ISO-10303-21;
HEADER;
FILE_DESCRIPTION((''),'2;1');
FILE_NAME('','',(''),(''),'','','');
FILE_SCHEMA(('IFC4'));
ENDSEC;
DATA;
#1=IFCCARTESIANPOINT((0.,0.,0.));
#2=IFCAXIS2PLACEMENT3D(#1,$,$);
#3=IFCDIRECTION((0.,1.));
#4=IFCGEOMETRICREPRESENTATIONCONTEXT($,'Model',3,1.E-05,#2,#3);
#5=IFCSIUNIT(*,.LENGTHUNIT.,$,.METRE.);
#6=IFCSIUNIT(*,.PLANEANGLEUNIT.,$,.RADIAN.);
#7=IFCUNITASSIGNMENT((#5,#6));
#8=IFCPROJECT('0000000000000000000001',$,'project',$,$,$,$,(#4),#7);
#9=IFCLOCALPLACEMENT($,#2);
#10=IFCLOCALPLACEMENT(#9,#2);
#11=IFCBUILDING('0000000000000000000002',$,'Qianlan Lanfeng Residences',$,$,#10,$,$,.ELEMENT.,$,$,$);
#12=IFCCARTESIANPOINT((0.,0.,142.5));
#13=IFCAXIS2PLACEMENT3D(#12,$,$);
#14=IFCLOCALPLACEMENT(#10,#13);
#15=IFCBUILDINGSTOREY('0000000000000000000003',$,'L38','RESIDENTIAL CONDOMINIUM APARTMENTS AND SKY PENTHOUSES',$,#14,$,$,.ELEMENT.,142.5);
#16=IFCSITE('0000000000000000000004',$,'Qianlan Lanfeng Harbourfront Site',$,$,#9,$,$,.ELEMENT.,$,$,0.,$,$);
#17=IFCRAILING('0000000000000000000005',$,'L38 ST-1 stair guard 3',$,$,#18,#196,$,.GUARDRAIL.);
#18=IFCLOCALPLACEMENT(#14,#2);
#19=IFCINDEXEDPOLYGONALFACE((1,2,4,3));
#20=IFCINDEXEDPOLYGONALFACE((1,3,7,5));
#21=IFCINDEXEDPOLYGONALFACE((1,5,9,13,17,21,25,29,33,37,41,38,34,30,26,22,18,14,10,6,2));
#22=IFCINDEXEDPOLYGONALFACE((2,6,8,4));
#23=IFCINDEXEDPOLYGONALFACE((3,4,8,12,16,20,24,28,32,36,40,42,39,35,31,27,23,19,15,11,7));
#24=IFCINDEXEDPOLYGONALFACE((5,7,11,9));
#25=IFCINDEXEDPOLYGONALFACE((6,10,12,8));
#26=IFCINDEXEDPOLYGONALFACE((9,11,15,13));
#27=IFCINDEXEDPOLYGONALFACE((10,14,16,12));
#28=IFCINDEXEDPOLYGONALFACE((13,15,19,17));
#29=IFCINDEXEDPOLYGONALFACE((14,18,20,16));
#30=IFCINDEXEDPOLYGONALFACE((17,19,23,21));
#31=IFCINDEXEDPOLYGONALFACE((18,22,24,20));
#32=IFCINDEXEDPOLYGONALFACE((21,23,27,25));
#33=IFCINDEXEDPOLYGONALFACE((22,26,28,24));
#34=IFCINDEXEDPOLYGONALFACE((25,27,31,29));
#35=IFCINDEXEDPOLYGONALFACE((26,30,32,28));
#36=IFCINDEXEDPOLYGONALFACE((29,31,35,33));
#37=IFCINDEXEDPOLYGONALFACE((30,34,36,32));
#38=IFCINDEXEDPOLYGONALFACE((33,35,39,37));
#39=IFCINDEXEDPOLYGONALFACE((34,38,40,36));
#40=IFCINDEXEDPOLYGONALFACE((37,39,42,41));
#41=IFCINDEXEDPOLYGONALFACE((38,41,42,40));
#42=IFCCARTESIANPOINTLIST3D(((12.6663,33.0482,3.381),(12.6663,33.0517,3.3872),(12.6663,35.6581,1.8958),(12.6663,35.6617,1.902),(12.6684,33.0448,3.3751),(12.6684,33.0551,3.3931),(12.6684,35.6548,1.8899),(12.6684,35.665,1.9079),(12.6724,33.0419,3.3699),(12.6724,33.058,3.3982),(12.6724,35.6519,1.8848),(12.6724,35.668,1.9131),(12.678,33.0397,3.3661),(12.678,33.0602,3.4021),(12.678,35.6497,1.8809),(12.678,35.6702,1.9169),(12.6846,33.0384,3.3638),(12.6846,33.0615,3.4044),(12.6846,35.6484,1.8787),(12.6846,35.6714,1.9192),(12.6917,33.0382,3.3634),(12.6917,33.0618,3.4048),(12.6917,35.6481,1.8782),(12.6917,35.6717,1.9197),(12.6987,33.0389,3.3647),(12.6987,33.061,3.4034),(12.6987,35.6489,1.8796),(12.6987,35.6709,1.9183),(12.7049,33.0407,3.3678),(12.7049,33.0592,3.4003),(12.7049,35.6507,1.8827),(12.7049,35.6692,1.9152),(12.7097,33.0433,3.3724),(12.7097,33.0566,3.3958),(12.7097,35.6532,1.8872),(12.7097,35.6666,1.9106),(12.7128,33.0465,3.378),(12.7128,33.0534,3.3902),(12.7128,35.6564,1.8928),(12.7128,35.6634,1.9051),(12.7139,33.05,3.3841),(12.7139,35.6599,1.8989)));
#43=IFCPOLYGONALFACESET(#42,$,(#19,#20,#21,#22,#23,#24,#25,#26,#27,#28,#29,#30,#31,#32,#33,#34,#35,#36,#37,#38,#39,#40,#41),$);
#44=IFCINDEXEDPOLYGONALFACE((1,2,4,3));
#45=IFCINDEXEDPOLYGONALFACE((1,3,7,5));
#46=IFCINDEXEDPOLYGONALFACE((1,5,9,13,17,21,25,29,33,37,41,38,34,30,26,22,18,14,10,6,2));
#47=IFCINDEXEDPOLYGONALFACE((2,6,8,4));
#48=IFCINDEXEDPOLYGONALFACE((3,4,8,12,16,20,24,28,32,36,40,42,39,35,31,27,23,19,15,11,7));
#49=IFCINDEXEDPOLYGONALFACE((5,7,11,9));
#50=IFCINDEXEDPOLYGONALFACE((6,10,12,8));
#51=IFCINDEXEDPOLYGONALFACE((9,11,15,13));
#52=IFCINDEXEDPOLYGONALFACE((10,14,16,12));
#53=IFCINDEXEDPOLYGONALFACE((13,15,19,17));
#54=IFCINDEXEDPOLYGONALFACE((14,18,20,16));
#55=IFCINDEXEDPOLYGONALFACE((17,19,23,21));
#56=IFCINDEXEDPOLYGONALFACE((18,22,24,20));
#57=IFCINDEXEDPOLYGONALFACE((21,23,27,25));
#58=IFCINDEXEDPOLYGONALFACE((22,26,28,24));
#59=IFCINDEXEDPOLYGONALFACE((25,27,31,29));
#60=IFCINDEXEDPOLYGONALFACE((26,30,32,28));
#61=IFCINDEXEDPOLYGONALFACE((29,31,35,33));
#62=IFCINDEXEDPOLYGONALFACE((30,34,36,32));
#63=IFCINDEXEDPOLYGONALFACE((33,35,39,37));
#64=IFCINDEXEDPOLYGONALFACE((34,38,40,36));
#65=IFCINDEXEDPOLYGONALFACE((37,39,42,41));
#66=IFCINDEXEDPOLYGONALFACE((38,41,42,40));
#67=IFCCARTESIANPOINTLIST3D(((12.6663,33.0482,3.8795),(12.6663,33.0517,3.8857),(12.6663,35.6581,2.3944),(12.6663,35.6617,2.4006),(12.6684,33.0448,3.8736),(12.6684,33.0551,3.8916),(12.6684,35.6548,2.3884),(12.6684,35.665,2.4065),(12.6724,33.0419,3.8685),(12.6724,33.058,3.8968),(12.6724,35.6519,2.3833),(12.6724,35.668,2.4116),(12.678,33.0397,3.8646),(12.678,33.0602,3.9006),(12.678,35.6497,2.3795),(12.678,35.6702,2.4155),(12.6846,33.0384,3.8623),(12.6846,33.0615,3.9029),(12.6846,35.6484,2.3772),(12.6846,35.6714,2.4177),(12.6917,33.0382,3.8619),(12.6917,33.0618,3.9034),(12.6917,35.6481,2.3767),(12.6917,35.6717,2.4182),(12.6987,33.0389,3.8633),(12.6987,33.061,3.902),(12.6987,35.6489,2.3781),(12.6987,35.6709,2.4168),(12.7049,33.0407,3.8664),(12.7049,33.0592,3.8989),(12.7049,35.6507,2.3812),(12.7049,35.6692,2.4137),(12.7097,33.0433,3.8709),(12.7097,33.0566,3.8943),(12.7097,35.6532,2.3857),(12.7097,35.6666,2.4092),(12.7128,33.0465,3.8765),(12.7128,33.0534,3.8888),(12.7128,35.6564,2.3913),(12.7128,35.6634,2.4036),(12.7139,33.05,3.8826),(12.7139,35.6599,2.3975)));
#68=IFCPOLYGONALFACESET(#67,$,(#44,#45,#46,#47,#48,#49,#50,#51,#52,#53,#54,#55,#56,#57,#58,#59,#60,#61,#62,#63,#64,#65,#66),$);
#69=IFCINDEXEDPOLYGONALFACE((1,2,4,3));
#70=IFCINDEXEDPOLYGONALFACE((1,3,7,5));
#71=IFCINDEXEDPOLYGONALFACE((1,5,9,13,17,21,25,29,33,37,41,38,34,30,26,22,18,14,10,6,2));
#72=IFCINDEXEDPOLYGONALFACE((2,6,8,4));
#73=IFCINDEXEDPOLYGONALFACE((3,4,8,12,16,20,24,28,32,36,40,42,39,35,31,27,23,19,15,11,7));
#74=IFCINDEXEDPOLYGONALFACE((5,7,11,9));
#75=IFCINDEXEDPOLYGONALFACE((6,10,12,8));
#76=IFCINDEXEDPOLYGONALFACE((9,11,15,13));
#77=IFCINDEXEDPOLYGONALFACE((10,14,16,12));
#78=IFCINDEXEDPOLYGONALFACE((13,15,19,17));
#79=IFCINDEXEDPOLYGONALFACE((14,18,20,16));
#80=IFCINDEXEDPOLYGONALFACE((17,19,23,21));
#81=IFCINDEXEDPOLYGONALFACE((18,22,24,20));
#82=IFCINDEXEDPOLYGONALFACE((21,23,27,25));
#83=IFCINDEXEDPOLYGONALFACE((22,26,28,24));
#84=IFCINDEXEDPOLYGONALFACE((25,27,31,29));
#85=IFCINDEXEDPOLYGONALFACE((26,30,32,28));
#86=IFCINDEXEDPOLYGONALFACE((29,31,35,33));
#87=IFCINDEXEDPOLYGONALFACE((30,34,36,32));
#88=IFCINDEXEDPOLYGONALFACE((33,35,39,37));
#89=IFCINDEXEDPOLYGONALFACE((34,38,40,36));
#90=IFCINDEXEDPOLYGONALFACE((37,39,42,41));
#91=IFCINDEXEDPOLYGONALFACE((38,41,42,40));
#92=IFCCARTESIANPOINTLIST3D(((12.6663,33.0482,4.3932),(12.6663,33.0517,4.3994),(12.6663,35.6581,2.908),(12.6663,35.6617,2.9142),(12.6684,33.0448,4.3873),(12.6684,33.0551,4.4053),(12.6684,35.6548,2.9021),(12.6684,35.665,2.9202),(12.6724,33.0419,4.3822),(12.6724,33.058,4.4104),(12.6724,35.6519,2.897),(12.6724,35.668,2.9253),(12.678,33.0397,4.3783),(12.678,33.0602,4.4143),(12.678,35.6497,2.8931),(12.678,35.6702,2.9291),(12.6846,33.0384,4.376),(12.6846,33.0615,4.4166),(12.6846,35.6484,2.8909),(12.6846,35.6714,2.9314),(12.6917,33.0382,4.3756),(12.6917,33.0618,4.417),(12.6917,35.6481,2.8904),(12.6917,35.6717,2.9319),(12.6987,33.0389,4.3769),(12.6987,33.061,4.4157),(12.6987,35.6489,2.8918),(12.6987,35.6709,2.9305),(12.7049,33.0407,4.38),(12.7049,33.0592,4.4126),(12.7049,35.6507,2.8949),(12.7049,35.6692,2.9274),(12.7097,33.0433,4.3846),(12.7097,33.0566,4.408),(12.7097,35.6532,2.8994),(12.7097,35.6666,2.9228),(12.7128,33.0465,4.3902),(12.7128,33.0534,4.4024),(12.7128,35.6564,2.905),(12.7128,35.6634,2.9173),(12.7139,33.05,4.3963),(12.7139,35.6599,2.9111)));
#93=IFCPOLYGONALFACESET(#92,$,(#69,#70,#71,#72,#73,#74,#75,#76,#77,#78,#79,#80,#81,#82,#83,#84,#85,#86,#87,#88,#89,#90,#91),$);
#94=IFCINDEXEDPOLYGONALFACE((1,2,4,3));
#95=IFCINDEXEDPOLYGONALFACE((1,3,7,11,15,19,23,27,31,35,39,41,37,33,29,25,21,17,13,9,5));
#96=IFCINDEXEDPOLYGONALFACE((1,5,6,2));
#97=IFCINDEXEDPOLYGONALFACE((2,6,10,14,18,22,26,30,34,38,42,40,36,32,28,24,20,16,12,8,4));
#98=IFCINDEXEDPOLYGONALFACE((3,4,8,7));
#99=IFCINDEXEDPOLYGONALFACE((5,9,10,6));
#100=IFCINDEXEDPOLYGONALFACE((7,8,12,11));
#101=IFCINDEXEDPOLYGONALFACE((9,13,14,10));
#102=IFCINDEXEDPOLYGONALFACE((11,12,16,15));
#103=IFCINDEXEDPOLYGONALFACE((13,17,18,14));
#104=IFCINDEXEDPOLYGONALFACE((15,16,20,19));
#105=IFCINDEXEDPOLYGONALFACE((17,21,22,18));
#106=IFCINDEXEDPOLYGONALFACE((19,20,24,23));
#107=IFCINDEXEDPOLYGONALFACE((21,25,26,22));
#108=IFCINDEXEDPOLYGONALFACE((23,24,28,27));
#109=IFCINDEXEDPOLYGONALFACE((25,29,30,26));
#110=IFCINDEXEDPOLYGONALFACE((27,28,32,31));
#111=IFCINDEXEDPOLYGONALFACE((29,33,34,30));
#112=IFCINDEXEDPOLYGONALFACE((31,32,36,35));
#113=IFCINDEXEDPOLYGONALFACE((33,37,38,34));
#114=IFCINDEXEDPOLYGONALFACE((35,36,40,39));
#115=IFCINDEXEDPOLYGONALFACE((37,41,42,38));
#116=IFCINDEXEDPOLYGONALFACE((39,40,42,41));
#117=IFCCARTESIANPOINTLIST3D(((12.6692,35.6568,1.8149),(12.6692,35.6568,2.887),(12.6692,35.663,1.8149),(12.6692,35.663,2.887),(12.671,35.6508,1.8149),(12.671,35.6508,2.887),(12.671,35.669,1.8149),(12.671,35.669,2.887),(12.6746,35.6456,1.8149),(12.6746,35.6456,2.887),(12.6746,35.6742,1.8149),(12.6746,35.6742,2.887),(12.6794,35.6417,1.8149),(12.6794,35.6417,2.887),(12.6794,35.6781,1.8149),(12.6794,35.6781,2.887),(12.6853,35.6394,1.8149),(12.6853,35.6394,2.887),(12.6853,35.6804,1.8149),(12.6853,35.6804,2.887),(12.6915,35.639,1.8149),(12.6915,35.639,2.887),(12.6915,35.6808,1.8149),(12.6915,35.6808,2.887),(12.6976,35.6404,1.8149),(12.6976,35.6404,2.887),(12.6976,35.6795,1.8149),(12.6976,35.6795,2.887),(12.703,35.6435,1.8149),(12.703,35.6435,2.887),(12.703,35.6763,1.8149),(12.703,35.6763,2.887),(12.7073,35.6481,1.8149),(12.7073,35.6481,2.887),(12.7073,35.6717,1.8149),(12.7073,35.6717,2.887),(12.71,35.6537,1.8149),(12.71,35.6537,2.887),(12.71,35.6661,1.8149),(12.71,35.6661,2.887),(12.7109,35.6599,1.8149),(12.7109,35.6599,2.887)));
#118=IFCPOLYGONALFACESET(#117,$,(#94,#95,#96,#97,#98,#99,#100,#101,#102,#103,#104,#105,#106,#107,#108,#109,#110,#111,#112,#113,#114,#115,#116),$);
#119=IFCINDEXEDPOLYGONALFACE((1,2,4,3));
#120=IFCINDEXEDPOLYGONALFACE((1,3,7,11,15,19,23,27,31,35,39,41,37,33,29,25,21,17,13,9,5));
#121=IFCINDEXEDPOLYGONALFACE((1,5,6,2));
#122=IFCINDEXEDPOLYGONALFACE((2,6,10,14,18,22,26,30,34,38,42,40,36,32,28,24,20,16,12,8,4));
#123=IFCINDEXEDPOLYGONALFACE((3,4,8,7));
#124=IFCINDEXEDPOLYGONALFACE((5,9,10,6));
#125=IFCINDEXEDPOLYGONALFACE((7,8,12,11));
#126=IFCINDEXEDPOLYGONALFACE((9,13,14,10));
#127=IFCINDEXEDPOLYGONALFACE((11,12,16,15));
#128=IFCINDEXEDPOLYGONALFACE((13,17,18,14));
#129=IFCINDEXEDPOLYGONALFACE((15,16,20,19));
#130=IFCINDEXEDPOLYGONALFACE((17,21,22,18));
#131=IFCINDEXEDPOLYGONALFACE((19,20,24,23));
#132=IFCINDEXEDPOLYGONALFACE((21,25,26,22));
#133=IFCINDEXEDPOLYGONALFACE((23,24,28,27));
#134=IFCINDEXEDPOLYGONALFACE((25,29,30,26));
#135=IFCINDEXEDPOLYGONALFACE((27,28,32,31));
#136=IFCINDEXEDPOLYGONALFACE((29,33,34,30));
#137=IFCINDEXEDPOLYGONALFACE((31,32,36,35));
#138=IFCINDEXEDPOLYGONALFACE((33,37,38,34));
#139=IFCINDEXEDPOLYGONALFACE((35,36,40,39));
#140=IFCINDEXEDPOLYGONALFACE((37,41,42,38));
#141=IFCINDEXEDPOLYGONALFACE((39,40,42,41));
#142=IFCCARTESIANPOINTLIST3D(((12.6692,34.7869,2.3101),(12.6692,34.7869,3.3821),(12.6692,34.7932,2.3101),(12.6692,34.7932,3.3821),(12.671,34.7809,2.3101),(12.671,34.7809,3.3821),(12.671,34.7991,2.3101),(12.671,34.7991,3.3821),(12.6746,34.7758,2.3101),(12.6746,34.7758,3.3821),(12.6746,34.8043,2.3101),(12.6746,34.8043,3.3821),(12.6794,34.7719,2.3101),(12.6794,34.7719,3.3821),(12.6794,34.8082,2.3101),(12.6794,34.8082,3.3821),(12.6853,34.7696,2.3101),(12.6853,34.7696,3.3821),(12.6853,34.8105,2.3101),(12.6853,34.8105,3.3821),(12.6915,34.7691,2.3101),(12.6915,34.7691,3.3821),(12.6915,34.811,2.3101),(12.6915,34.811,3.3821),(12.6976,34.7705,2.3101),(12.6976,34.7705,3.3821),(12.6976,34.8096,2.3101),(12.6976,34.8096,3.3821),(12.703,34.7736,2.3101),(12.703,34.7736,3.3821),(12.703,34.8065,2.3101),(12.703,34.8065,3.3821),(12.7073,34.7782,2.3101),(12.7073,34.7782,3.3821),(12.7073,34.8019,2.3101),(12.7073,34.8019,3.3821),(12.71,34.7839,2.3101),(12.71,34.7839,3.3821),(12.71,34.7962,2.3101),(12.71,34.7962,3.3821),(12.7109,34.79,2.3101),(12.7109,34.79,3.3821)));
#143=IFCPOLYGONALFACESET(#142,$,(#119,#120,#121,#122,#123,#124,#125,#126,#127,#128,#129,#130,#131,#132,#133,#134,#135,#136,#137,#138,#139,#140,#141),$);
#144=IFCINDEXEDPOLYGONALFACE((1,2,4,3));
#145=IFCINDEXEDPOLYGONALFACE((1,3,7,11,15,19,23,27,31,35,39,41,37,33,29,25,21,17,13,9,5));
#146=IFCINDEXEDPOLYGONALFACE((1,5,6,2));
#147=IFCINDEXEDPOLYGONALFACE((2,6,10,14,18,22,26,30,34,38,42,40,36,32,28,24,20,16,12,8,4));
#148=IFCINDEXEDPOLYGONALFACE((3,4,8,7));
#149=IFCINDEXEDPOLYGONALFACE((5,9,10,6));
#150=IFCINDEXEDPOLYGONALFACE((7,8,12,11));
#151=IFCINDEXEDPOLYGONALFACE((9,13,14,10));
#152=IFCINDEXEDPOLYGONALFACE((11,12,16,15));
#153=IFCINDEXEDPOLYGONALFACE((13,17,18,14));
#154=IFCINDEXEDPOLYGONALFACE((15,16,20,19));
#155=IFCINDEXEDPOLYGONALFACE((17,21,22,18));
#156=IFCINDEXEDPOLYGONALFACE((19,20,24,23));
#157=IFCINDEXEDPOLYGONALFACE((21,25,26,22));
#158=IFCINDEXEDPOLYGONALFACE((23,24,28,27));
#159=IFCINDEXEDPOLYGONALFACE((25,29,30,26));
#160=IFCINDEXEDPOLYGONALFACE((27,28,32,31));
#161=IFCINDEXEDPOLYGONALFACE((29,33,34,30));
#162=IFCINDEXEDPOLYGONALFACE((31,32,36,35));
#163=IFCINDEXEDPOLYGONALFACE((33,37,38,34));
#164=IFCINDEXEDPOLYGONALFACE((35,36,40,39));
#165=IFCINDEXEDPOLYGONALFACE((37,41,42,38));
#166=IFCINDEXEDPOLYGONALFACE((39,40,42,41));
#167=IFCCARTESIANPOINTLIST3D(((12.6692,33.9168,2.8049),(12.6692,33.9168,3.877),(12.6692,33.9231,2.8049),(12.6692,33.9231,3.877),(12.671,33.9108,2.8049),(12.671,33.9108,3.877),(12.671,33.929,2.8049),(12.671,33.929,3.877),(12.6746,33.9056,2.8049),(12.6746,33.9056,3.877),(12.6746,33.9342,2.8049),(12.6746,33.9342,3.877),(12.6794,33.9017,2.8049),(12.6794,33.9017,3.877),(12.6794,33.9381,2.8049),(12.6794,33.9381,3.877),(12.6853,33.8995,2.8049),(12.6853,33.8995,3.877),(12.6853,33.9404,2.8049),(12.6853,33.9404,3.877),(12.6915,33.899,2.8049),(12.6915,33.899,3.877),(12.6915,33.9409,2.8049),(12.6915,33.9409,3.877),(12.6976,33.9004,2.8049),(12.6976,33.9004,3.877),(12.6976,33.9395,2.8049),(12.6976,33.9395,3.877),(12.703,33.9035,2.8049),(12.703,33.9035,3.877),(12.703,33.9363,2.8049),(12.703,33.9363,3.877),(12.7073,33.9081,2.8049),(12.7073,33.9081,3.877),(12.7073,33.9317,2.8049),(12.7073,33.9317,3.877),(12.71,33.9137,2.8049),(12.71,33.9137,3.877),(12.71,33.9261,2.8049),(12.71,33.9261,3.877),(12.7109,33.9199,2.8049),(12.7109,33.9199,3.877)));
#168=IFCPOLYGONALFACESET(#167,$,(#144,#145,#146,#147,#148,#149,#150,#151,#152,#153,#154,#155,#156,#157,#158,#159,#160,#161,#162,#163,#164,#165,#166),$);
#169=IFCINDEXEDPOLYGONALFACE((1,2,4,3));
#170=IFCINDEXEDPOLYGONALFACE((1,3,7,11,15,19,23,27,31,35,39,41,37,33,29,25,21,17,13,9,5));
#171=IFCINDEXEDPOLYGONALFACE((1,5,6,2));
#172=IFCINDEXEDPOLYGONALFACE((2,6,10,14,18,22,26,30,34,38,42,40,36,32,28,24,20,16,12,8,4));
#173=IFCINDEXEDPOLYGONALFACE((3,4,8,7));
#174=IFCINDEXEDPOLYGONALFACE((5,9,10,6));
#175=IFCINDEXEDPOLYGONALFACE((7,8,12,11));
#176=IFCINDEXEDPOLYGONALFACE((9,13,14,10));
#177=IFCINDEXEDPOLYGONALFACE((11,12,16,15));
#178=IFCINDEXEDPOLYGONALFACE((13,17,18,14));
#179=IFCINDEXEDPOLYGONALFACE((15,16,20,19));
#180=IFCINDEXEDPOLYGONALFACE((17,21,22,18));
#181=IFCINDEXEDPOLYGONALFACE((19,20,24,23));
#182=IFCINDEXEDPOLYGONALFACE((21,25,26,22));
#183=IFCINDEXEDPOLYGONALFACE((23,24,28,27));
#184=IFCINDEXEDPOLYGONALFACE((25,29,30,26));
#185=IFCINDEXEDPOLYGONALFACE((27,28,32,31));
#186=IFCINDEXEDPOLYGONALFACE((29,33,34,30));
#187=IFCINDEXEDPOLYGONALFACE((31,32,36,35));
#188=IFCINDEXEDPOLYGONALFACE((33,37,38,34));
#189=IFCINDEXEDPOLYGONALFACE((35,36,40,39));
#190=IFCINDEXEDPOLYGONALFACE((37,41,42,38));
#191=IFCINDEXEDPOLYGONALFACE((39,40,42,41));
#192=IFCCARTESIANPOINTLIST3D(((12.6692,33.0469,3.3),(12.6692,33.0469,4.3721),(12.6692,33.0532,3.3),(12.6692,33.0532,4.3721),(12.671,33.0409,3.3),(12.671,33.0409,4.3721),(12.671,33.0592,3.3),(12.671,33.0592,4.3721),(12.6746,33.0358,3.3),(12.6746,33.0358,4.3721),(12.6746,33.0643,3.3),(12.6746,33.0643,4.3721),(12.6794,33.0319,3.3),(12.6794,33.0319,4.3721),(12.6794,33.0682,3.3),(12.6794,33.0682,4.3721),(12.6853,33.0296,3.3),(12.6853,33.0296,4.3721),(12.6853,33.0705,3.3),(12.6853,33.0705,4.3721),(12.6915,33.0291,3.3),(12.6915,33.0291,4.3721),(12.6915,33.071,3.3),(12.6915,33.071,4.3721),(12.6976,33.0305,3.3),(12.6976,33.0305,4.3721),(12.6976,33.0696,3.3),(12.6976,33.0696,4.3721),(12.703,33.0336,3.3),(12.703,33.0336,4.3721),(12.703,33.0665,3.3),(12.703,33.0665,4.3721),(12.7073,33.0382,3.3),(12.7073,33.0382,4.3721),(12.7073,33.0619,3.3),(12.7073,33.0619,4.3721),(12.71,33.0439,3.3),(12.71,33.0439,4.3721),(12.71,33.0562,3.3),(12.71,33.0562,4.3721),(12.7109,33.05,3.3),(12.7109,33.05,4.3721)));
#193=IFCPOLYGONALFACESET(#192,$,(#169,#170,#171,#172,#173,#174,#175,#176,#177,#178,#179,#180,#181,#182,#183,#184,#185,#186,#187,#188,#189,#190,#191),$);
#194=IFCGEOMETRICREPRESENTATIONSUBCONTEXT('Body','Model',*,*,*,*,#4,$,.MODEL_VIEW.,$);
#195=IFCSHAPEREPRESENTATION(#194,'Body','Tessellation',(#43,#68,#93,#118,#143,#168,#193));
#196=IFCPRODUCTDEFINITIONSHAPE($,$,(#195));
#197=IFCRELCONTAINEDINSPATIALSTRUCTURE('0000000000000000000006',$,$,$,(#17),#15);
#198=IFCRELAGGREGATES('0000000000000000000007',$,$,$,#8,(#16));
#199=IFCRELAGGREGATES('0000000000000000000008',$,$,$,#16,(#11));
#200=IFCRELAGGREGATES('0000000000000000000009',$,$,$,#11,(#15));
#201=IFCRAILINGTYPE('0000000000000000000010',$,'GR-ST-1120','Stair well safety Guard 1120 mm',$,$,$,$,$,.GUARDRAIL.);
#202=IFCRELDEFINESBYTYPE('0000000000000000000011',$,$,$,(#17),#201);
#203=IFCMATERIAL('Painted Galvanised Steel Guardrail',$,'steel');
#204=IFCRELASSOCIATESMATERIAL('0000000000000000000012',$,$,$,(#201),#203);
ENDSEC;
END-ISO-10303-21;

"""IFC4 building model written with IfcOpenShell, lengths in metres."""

from ifc_helpers import new_model, si_unit, direction, frame, origin, origin_2d, place, context, subcontext, project, spatial, circle, extrude, material, type_object, element, save


model = new_model("IFC4")

# Units and contexts
model_context = context("Model", 3, precision=1e-05, world=origin(), true_north=direction((0.0, 1.0)))
body_context = subcontext(model_context, "Body", "Model", "MODEL_VIEW")
ifc_project = project(units=[si_unit("LENGTHUNIT", "METRE"), si_unit("PLANEANGLEUNIT", "RADIAN")], contexts=[model_context])

# Site, building, storey
site_placement = place(None, origin())
site = spatial("IfcSite", under=ifc_project, at=site_placement, Name="Qianlan Lanfeng Harbourfront Site", CompositionType="ELEMENT", RefElevation=0.0)
building_placement = place(site_placement, origin())
building = spatial("IfcBuilding", under=site, at=building_placement, Name="Qianlan Lanfeng Residences", CompositionType="ELEMENT")
storey_placement = place(building_placement, frame((0.0, 0.0, 142.5)))
storey = spatial("IfcBuildingStorey", under=building, at=storey_placement, Name="L38", Description="RESIDENTIAL CONDOMINIUM APARTMENTS AND SKY PENTHOUSES", CompositionType="ELEMENT", Elevation=142.5)

# Railing
ifc_material_1 = material(Name="Painted Galvanised Steel Guardrail", Category="steel")
railing_type_1 = type_object("IfcRailingType", Name="GR-ST-1120", Description="Stair well safety Guard 1120 mm", PredefinedType="GUARDRAIL", material=ifc_material_1)
railing_1_placement = place(storey_placement, frame((12.6899, 35.6599, 1.8149)))
element("IfcRailing", 1, at=railing_1_placement, inside=storey, type_object=railing_type_1, Name="L38 ST-1 stair guard 3", PredefinedType="GUARDRAIL", context=body_context, shape_type="SweptSolid", body=[
    extrude(circle(Radius=0.0239, at=origin_2d()), frame((0.0, 0.0, 0.084), z_axis=(0.0, -0.869137, 0.494571), x_axis=(1.0, 0.0, 0.0)), (0.0, 0.0, 1.0), 3.0029),
    extrude(circle(Radius=0.0239, at=origin_2d()), frame((0.0, 0.0, 0.5825), z_axis=(0.0, -0.869137, 0.494571), x_axis=(1.0, 0.0, 0.0)), (0.0, 0.0, 1.0), 3.0029),
    extrude(circle(Radius=0.0239, at=origin_2d()), frame((0.0, 0.0, 1.0962), z_axis=(0.0, -0.869137, 0.494571), x_axis=(1.0, 0.0, 0.0)), (0.0, 0.0, 1.0), 3.0029),
    extrude(circle(Radius=0.021, at=origin_2d()), origin(), (0.0, 0.0, 1.0), 1.072),
    extrude(circle(Radius=0.021, at=origin_2d()), frame((0.0, -0.8699, 0.4951)), (0.0, 0.0, 1.0), 1.072),
    extrude(circle(Radius=0.021, at=origin_2d()), frame((0.0, -1.74, 0.99)), (0.0, 0.0, 1.0), 1.072),
    extrude(circle(Radius=0.021, at=origin_2d()), frame((0.0, -2.6099, 1.4851)), (0.0, 0.0, 1.0), 1.072),
])

save(model, "model.ifc")
